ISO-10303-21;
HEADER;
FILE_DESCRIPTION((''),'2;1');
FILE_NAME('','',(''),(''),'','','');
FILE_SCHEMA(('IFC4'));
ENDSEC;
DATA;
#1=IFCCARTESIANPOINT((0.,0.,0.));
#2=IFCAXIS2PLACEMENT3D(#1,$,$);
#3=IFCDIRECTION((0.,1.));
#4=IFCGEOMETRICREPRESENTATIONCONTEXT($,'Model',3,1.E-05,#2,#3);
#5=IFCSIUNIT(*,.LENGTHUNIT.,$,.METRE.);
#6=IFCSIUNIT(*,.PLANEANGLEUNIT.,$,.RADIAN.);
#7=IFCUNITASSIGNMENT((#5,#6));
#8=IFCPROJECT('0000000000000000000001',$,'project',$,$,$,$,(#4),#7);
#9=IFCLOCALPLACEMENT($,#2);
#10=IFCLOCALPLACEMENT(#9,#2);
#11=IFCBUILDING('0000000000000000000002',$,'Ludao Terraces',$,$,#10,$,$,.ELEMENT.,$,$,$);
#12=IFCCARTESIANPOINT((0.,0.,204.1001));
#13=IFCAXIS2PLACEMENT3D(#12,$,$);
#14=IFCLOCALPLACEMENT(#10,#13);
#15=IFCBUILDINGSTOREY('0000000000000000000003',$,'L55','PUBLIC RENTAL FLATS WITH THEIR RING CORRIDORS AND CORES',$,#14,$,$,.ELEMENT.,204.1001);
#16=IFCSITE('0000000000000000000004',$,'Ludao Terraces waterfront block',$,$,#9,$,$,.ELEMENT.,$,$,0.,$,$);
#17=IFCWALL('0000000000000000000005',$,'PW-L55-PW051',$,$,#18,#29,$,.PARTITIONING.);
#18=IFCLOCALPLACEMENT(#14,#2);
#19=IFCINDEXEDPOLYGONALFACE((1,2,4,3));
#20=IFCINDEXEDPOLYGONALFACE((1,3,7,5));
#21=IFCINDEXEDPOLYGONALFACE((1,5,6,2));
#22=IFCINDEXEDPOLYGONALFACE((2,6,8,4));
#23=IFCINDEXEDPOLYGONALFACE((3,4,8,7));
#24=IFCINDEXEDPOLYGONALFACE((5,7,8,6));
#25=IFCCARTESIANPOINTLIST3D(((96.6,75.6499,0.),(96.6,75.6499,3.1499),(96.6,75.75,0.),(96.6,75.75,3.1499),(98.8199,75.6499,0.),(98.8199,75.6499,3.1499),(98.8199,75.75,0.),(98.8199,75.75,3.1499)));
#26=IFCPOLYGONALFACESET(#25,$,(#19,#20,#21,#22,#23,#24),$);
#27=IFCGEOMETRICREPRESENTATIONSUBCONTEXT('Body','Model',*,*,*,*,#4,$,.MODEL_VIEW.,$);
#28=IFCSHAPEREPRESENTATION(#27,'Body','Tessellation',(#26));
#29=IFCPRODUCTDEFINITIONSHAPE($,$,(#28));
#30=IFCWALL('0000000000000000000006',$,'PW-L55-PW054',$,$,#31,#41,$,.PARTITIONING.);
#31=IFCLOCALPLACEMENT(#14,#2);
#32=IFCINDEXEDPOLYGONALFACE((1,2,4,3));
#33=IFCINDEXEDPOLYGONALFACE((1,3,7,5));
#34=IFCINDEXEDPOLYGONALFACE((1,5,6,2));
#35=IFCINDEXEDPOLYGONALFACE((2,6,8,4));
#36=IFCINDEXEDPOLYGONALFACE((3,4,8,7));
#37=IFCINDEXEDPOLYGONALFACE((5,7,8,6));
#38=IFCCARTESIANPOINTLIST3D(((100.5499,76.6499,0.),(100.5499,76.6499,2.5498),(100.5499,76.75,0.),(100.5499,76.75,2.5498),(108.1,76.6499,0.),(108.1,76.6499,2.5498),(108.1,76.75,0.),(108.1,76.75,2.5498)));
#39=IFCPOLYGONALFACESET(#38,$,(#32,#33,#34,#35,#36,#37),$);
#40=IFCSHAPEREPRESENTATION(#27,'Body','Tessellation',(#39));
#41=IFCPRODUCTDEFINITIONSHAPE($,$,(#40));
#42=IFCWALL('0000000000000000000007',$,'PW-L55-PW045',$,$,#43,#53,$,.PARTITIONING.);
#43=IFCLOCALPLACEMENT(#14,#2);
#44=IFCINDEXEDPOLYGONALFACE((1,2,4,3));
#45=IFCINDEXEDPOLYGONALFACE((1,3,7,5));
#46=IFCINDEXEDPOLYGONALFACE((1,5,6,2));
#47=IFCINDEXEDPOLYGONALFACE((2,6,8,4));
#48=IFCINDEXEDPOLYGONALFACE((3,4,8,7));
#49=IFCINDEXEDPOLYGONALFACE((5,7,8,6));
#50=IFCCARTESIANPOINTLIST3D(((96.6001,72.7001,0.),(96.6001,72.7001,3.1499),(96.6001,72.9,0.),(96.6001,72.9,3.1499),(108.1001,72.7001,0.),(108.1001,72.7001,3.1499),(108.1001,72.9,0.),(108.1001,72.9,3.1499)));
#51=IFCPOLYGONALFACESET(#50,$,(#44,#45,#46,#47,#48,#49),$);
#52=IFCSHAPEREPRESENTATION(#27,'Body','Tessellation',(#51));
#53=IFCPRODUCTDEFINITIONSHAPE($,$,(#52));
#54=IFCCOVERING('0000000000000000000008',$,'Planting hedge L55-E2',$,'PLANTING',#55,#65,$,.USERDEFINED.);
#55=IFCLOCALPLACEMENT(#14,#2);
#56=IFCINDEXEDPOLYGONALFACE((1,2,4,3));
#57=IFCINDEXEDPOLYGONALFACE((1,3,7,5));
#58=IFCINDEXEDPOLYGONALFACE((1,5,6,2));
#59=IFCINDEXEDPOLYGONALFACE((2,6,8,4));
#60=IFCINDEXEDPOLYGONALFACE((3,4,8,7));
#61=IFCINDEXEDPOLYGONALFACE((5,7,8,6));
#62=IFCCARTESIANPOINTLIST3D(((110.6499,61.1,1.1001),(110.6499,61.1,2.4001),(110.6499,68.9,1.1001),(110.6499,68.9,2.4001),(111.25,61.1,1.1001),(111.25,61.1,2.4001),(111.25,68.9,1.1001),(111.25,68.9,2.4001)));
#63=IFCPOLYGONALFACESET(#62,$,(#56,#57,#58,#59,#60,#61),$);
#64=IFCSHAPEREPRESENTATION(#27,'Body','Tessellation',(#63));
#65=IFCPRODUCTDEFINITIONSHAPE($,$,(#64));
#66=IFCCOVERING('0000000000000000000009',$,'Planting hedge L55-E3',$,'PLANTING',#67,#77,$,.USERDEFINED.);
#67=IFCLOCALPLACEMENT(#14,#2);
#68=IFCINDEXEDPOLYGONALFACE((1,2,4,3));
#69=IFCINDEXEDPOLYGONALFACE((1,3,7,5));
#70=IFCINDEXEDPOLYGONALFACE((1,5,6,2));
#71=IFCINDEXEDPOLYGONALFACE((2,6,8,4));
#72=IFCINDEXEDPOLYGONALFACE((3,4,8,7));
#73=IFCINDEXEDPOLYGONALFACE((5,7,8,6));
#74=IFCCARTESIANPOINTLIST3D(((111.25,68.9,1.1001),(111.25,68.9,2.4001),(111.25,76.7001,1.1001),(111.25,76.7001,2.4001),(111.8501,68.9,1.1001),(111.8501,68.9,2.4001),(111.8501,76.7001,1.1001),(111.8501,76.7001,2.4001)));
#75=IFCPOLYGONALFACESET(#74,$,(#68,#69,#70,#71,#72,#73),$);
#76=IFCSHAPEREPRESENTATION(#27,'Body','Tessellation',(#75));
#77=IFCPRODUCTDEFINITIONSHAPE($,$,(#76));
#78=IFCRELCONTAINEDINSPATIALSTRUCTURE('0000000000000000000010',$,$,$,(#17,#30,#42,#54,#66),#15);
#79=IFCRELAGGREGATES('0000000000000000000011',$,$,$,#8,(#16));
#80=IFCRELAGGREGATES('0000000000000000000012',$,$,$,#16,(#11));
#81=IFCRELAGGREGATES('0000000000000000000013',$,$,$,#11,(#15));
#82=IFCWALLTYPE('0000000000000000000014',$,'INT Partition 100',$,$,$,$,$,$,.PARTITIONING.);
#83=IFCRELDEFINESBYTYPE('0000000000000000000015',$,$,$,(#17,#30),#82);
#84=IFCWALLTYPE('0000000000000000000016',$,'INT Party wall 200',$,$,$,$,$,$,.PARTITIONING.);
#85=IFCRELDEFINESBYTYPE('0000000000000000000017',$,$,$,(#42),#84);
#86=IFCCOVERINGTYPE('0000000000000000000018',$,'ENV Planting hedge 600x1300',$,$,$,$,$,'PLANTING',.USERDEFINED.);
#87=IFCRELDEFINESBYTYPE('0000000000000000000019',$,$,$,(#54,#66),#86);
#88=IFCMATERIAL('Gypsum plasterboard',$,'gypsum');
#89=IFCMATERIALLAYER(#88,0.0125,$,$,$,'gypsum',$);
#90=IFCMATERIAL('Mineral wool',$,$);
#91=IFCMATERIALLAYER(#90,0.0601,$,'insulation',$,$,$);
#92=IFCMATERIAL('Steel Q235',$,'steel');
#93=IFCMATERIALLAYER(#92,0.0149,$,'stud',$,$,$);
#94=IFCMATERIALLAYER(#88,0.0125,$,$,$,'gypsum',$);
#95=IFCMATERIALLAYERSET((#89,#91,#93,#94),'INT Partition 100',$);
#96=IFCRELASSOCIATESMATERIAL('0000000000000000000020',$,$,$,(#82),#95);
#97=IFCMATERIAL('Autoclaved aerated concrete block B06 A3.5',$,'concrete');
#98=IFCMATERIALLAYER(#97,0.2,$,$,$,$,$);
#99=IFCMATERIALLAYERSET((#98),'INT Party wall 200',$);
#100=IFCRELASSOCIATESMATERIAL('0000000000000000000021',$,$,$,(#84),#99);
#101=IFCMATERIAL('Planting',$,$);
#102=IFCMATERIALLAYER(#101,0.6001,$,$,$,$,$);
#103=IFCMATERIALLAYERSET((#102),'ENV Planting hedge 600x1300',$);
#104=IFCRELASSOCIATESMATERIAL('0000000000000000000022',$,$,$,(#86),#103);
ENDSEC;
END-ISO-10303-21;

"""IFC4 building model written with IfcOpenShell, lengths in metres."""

from ifc_helpers import new_model, si_unit, direction, frame, frame_2d, origin, origin_2d, place, context, subcontext, project, spatial, rectangle, extrude, material, layer, layer_set, type_object, element, save


model = new_model("IFC4")

# Units and contexts
model_context = context("Model", 3, precision=1e-05, world=origin(), true_north=direction((0.0, 1.0)))
body_context = subcontext(model_context, "Body", "Model", "MODEL_VIEW")
ifc_project = project(units=[si_unit("LENGTHUNIT", "METRE"), si_unit("PLANEANGLEUNIT", "RADIAN")], contexts=[model_context])

# Site, building, storey
site_placement = place(None, origin())
site = spatial("IfcSite", under=ifc_project, at=site_placement, Name="Ludao Terraces waterfront block", CompositionType="ELEMENT", RefElevation=0.0)
building_placement = place(site_placement, origin())
building = spatial("IfcBuilding", under=site, at=building_placement, Name="Ludao Terraces", CompositionType="ELEMENT")
storey_placement = place(building_placement, frame((0.0, 0.0, 204.1001)))
storey = spatial("IfcBuildingStorey", under=building, at=storey_placement, Name="L55", Description="PUBLIC RENTAL FLATS WITH THEIR RING CORRIDORS AND CORES", CompositionType="ELEMENT", Elevation=204.1001)

# Shared definitions
ifc_material_1 = material(Name="Mineral wool")

# Walls
ifc_material_2 = material(Name="Gypsum plasterboard", Category="gypsum")
ifc_layer_1 = layer(ifc_material_2, 0.0125, Category="gypsum")
ifc_layer_2 = layer(ifc_material_1, 0.0601, Name="insulation")
ifc_material_3 = material(Name="Steel Q235", Category="steel")
ifc_layer_3 = layer(ifc_material_3, 0.0149, Name="stud")
ifc_layer_4 = layer(ifc_material_2, 0.0125, Category="gypsum")
ifc_layer_set_1 = layer_set([ifc_layer_1, ifc_layer_2, ifc_layer_3, ifc_layer_4], Name="INT Partition 100")
wall_type_1 = type_object("IfcWallType", Name="INT Partition 100", PredefinedType="PARTITIONING", material=ifc_layer_set_1)
wall_1_placement = place(storey_placement, frame((96.6001, 75.7, 0.0), z_axis=(0.0, 0.0, 1.0), x_axis=(1.0, 0.0, 0.0)))
element("IfcWall", 1, at=wall_1_placement, inside=storey, type_object=wall_type_1, Name="PW-L55-PW051", PredefinedType="PARTITIONING", context=body_context, shape_type="SweptSolid", body=[
    extrude(rectangle(XDim=2.22, YDim=0.1001, at=frame_2d((1.1099, 0.0))), origin(), (0.0, 0.0, 1.0), 3.1499),
])
wall_2_placement = place(storey_placement, frame((100.55, 76.7, 0.0), z_axis=(0.0, 0.0, 1.0), x_axis=(1.0, 0.0, 0.0)))
element("IfcWall", 2, at=wall_2_placement, inside=storey, type_object=wall_type_1, Name="PW-L55-PW054", PredefinedType="PARTITIONING", context=body_context, shape_type="SweptSolid", body=[
    extrude(rectangle(XDim=7.55, YDim=0.1001, at=frame_2d((3.7749, 0.0))), origin(), (0.0, 0.0, 1.0), 2.5498),
])
ifc_material_4 = material(Name="Autoclaved aerated concrete block B06 A3.5", Category="concrete")
ifc_layer_5 = layer(ifc_material_4, 0.2)
ifc_layer_set_2 = layer_set([ifc_layer_5], Name="INT Party wall 200")
wall_type_2 = type_object("IfcWallType", Name="INT Party wall 200", PredefinedType="PARTITIONING", material=ifc_layer_set_2)
wall_3_placement = place(storey_placement, frame((96.6001, 72.8, 0.0), z_axis=(0.0, 0.0, 1.0), x_axis=(1.0, 0.0, 0.0)))
element("IfcWall", 3, at=wall_3_placement, inside=storey, type_object=wall_type_2, Name="PW-L55-PW045", PredefinedType="PARTITIONING", context=body_context, shape_type="SweptSolid", body=[
    extrude(rectangle(XDim=11.5, YDim=0.2, at=frame_2d((5.75, 0.0))), origin(), (0.0, 0.0, 1.0), 3.1499),
])

# Coverings
ifc_material_5 = material(Name="Planting")
ifc_layer_6 = layer(ifc_material_5, 0.6001)
ifc_layer_set_3 = layer_set([ifc_layer_6], Name="ENV Planting hedge 600x1300")
covering_type = type_object("IfcCoveringType", Name="ENV Planting hedge 600x1300", ElementType="PLANTING", PredefinedType="USERDEFINED", material=ifc_layer_set_3)
for number, where, z_axis, x_axis, name in (
    (4, (110.95, 65.0, 1.1001), (0.0, 0.0, 1.0), (1.0, 0.0, 0.0), "Planting hedge L55-E2"),
    (5, (111.55, 72.8, 1.1001), (0.0, 0.0, 1.0), (1.0, 0.0, 0.0), "Planting hedge L55-E3"),
):
    element("IfcCovering", number, at=place(storey_placement, frame(where, z_axis=z_axis, x_axis=x_axis)), inside=storey, type_object=covering_type, Name=name, ObjectType="PLANTING", PredefinedType="USERDEFINED", context=body_context, shape_type="SweptSolid", body=[
        extrude(rectangle(XDim=0.6001, YDim=7.8, at=origin_2d()), origin(), (0.0, 0.0, 1.0), 1.3),
    ])

save(model, "model.ifc")
